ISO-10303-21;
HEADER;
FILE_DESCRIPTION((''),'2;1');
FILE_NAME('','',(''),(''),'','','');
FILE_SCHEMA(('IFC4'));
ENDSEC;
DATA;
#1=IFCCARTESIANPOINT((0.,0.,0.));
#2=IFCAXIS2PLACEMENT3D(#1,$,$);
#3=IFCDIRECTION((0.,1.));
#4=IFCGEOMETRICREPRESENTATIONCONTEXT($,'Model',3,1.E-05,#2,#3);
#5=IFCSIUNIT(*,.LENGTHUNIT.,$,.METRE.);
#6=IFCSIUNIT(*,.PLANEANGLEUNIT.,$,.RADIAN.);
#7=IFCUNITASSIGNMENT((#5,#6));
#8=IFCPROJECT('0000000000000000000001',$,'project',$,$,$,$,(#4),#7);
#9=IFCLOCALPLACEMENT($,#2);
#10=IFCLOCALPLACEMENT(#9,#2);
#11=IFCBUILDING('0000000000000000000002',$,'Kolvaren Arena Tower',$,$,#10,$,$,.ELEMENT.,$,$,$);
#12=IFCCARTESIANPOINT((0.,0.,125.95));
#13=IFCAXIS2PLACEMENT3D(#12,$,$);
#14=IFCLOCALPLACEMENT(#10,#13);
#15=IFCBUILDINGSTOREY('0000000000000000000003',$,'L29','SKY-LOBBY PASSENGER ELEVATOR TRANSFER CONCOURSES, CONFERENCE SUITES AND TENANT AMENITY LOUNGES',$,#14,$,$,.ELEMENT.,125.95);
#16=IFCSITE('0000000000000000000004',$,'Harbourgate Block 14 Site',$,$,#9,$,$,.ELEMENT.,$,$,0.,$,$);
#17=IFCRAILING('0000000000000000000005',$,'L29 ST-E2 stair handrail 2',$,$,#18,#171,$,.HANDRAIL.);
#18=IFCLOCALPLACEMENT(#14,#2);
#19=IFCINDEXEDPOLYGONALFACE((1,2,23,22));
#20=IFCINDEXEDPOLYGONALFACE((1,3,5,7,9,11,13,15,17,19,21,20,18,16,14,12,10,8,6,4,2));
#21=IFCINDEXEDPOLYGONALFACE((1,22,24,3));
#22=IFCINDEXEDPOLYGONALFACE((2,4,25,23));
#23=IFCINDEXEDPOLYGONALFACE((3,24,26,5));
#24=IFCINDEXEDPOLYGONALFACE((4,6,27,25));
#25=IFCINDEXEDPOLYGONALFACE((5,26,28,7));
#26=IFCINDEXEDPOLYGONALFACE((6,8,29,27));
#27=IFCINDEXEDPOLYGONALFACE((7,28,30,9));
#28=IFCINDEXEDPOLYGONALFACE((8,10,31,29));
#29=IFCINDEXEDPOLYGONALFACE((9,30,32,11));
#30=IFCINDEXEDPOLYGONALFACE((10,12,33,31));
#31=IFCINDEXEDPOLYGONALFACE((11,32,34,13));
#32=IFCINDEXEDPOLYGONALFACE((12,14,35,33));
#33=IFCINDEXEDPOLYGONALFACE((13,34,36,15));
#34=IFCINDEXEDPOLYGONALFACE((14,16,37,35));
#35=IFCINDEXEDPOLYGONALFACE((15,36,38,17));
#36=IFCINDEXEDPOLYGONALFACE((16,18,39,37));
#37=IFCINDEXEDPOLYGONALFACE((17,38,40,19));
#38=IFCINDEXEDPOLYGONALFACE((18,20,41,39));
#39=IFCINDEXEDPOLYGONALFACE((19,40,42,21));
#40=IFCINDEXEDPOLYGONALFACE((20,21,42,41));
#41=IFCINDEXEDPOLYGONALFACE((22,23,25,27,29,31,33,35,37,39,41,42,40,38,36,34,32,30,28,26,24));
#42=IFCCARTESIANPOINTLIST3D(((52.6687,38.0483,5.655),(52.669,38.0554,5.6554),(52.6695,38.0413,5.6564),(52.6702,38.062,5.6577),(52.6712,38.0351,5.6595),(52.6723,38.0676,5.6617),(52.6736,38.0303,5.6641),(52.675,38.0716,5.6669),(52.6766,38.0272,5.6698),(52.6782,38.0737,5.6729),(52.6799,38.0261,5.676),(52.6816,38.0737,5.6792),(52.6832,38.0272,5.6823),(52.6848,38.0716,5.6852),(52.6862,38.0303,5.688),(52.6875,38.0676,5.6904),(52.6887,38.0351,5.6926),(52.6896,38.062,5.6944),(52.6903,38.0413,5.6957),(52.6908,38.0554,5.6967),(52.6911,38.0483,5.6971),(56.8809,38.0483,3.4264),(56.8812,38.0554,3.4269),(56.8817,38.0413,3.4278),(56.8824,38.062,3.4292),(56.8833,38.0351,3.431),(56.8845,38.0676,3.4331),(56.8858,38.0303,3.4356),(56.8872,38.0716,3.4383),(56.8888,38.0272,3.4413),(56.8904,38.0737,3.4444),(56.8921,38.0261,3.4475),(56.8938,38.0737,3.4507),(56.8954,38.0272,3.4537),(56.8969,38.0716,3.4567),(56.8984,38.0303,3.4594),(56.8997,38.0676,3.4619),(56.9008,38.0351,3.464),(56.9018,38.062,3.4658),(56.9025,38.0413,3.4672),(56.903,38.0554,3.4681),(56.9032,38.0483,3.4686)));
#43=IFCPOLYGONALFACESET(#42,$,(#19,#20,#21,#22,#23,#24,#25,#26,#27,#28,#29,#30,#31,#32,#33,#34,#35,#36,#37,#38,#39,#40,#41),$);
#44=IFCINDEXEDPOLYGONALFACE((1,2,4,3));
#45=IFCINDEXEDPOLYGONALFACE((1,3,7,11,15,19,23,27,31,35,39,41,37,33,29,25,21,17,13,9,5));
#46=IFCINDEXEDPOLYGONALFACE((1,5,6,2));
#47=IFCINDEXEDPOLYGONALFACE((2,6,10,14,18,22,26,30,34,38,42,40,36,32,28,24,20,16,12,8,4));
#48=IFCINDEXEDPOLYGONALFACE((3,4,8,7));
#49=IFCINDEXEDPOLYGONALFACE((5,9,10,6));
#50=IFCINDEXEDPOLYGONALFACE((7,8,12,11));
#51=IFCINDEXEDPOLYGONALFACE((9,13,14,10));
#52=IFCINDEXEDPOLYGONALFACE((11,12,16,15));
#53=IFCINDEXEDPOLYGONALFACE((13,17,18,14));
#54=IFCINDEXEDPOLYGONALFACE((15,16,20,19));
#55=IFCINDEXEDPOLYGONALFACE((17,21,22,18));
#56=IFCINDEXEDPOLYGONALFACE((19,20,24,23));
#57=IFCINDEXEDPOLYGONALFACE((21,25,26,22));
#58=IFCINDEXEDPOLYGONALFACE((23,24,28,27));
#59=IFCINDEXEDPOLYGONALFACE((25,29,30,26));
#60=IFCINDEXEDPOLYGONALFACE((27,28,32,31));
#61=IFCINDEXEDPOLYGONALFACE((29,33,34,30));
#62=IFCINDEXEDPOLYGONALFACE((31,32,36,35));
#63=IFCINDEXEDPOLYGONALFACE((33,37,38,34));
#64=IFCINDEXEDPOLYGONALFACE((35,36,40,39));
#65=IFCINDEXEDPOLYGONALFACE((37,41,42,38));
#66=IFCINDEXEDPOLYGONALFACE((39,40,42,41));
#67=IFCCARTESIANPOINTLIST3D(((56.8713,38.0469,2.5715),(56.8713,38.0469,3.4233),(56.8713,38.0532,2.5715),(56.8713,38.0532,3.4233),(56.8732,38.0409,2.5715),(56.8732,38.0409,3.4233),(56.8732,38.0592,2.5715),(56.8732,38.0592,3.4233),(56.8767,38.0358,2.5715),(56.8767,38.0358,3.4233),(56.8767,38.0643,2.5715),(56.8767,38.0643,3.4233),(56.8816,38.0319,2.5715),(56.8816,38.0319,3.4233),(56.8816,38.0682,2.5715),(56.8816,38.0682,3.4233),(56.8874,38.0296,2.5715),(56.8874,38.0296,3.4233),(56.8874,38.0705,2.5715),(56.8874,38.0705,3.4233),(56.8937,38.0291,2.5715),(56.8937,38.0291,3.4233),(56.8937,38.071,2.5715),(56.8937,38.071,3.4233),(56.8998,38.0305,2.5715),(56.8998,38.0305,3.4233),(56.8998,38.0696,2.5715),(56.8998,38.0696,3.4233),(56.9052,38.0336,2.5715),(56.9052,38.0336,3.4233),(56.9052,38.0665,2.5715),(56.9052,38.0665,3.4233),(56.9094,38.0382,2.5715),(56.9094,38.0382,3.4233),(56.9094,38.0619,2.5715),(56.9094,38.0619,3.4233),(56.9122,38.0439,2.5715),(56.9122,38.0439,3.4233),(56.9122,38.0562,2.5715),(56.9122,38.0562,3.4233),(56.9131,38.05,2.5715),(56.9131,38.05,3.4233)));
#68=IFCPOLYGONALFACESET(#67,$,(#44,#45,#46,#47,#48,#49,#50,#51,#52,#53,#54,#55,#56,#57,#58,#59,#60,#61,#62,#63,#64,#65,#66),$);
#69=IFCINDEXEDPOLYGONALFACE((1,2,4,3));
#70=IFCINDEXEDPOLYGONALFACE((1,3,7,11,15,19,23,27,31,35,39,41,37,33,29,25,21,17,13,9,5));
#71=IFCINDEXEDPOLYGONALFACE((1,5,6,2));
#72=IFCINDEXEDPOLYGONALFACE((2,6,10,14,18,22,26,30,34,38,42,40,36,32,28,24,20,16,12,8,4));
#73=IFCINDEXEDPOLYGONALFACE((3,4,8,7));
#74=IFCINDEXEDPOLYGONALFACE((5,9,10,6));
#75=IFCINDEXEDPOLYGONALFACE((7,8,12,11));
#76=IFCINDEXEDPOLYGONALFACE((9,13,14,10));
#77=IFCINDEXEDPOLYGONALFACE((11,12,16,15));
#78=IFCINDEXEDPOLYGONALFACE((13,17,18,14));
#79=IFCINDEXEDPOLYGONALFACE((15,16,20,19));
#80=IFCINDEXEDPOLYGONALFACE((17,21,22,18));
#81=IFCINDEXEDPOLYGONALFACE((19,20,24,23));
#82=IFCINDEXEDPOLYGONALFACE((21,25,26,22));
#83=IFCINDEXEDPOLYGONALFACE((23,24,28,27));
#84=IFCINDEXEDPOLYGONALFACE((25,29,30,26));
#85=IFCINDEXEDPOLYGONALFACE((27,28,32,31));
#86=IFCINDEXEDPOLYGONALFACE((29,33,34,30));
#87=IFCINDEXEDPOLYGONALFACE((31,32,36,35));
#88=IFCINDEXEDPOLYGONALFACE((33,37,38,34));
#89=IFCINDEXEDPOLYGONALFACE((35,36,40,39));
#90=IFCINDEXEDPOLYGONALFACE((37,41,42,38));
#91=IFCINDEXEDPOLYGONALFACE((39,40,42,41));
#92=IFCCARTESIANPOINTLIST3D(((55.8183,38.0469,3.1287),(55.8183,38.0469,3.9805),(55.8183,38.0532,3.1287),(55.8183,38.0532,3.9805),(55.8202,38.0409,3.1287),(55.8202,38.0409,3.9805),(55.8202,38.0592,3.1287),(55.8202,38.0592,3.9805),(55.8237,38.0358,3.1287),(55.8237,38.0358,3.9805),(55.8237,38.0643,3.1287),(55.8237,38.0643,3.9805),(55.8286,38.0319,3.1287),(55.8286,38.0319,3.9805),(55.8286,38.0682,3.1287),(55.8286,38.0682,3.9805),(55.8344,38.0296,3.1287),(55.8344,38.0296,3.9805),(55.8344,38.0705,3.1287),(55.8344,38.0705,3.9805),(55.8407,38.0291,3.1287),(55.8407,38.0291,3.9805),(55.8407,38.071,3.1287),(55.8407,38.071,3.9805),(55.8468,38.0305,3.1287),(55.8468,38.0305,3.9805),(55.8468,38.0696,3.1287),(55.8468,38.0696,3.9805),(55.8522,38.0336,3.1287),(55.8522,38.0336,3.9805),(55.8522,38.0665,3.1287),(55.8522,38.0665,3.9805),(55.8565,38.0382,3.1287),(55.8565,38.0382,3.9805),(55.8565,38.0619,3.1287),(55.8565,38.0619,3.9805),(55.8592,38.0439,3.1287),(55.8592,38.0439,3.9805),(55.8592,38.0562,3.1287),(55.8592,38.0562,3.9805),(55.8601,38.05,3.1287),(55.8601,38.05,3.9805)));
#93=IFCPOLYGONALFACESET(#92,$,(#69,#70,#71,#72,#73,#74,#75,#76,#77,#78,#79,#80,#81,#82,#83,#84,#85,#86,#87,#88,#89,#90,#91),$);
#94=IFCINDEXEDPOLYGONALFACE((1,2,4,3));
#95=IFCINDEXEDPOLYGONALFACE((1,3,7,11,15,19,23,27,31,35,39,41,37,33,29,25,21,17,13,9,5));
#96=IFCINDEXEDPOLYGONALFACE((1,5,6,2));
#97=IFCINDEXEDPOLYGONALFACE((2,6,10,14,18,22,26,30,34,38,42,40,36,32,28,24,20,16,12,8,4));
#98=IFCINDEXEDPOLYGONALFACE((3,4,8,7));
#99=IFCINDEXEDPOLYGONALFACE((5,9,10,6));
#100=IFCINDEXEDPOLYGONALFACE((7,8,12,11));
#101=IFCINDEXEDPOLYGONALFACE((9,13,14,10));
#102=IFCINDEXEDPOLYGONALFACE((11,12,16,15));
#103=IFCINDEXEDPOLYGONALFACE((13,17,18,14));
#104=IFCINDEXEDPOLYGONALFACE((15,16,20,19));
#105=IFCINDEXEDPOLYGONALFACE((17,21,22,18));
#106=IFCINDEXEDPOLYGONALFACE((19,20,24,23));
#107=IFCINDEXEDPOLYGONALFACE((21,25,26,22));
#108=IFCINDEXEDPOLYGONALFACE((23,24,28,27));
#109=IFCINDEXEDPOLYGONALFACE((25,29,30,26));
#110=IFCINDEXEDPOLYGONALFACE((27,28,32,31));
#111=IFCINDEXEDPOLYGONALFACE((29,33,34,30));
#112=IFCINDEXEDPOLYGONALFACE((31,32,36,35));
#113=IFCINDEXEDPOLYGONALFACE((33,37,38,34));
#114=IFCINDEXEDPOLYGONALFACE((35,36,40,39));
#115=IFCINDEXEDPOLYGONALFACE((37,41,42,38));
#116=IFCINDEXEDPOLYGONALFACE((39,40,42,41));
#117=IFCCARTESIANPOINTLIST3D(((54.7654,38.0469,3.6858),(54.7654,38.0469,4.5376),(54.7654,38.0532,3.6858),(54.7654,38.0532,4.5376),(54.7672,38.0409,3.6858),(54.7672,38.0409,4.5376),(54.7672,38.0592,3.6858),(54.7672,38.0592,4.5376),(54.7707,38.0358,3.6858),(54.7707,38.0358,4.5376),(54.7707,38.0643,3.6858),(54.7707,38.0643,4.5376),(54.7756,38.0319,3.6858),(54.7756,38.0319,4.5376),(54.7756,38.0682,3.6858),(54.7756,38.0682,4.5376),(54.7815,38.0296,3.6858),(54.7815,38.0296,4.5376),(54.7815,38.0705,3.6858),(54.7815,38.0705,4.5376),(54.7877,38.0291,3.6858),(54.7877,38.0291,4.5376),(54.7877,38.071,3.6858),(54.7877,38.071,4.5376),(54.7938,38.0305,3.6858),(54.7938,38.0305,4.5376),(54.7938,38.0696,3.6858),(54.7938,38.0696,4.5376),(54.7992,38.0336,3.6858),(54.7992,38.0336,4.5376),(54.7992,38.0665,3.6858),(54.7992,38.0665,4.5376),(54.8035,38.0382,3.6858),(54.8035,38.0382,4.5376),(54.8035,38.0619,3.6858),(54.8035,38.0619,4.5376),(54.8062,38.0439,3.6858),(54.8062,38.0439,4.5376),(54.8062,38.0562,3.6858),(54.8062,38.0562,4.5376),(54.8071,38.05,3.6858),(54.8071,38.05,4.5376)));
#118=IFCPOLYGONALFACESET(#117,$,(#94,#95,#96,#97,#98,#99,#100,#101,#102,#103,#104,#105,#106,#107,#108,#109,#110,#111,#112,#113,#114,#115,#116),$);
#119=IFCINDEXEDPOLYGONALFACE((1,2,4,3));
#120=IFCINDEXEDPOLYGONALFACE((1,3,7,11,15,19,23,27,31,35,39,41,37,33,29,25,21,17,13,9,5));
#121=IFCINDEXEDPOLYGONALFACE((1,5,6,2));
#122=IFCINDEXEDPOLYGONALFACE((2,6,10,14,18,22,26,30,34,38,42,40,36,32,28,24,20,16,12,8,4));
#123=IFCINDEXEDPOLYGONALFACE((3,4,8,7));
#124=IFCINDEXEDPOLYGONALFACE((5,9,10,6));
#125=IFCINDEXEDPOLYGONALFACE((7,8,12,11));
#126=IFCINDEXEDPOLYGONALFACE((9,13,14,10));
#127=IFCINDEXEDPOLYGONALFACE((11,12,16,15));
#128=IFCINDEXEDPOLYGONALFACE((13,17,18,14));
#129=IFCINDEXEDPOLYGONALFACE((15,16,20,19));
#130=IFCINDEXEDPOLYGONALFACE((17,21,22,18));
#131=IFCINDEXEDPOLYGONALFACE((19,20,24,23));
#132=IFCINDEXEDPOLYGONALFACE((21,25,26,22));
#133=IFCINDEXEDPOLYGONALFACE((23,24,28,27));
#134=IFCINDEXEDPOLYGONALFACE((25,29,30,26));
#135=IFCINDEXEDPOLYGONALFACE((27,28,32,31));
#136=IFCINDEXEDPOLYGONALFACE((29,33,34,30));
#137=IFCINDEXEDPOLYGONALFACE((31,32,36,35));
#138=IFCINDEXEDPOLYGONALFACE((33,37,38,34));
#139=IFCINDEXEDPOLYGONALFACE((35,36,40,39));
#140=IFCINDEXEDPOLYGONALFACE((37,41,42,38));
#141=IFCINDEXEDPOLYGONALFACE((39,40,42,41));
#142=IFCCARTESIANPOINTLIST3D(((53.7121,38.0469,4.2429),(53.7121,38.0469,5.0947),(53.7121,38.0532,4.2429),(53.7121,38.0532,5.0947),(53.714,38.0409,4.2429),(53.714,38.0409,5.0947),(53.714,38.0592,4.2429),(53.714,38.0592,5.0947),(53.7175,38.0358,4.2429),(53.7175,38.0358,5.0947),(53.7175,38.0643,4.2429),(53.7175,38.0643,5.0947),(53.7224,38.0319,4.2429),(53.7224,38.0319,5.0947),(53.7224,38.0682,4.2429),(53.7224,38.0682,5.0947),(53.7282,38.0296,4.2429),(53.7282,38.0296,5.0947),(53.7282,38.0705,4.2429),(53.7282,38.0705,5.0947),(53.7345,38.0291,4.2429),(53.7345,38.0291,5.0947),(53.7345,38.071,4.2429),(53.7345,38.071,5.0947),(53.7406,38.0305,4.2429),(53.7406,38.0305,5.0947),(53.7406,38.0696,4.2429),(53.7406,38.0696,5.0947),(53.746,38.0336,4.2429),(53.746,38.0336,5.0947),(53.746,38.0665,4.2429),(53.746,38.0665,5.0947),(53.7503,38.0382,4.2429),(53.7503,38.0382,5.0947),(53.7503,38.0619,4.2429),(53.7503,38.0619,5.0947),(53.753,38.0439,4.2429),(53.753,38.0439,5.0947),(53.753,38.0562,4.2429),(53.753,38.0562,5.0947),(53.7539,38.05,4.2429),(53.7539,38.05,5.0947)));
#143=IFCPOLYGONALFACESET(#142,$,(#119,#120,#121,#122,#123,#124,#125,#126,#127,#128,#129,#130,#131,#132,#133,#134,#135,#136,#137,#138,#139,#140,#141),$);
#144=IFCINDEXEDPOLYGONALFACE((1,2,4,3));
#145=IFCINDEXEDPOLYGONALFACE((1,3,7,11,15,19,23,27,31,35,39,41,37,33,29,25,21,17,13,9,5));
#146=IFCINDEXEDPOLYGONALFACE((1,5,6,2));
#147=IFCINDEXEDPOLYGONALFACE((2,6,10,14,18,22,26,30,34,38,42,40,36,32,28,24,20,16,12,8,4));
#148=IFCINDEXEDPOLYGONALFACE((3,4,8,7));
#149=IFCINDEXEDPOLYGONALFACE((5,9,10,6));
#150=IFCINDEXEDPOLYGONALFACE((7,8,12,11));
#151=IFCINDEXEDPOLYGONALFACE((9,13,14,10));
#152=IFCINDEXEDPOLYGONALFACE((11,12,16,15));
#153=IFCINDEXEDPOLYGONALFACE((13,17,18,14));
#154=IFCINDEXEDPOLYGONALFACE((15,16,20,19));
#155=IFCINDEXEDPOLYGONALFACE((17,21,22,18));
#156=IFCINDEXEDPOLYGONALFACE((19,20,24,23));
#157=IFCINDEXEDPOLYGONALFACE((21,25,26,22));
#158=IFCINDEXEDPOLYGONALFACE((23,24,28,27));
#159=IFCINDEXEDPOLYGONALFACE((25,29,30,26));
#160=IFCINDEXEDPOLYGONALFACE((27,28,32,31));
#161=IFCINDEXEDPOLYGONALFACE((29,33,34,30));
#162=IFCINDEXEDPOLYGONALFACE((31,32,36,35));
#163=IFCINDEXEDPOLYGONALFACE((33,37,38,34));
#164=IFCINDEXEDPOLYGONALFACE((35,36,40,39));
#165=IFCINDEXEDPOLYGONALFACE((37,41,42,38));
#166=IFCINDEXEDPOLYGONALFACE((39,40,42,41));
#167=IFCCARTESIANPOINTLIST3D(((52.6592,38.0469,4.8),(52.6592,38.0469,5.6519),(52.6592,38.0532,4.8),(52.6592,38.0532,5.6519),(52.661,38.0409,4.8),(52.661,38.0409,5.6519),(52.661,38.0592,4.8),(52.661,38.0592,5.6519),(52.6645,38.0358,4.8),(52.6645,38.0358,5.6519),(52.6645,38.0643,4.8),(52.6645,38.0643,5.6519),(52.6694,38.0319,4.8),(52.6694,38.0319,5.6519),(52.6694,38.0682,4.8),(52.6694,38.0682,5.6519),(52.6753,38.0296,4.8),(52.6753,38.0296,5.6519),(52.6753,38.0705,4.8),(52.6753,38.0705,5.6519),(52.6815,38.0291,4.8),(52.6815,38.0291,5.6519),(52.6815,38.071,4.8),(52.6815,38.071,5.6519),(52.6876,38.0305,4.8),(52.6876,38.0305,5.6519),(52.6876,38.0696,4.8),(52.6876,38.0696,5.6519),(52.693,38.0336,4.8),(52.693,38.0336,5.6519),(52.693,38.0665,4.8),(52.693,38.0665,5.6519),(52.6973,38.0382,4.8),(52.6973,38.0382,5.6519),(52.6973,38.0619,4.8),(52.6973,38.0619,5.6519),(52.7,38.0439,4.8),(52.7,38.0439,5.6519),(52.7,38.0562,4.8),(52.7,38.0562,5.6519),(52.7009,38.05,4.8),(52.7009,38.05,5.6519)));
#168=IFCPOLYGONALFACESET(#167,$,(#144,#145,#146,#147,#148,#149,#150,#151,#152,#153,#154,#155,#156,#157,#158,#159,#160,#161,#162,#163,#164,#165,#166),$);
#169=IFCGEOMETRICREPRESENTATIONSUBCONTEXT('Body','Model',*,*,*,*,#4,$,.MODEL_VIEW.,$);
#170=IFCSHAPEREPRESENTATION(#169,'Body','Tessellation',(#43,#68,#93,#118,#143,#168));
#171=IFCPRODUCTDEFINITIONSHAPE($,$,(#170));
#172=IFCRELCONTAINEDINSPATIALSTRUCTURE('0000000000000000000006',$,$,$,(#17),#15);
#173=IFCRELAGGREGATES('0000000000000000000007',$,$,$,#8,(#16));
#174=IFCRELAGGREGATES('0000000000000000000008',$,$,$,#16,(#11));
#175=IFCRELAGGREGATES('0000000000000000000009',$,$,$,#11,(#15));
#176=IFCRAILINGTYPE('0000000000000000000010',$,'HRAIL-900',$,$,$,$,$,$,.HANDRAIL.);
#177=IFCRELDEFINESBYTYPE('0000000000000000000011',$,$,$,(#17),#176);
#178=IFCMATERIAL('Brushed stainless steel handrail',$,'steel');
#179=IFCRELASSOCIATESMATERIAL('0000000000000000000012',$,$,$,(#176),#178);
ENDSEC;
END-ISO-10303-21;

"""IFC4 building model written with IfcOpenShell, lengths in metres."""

from ifc_helpers import new_model, si_unit, direction, frame, origin, origin_2d, place, context, subcontext, project, spatial, circle, extrude, material, type_object, element, save


model = new_model("IFC4")

# Units and contexts
model_context = context("Model", 3, precision=1e-05, world=origin(), true_north=direction((0.0, 1.0)))
body_context = subcontext(model_context, "Body", "Model", "MODEL_VIEW")
ifc_project = project(units=[si_unit("LENGTHUNIT", "METRE"), si_unit("PLANEANGLEUNIT", "RADIAN")], contexts=[model_context])

# Site, building, storey
site_placement = place(None, origin())
site = spatial("IfcSite", under=ifc_project, at=site_placement, Name="Harbourgate Block 14 Site", CompositionType="ELEMENT", RefElevation=0.0)
building_placement = place(site_placement, origin())
building = spatial("IfcBuilding", under=site, at=building_placement, Name="Kolvaren Arena Tower", CompositionType="ELEMENT")
storey_placement = place(building_placement, frame((0.0, 0.0, 125.95)))
storey = spatial("IfcBuildingStorey", under=building, at=storey_placement, Name="L29", Description="SKY-LOBBY PASSENGER ELEVATOR TRANSFER CONCOURSES, CONFERENCE SUITES AND TENANT AMENITY LOUNGES", CompositionType="ELEMENT", Elevation=125.95)

# Railing
ifc_material_1 = material(Name="Brushed stainless steel handrail", Category="steel")
railing_type_1 = type_object("IfcRailingType", Name="HRAIL-900", PredefinedType="HANDRAIL", material=ifc_material_1)
railing_1_placement = place(storey_placement, frame((56.8921, 38.05, 2.5715)))
element("IfcRailing", 1, at=railing_1_placement, inside=storey, type_object=railing_type_1, Name="L29 ST-E2 stair handrail 2", PredefinedType="HANDRAIL", context=body_context, shape_type="SweptSolid", body=[
    extrude(circle(Radius=0.0239, at=origin_2d()), frame((0.0, 0.0, 0.876), z_axis=(-0.883914, 0.0, 0.46765), x_axis=(0.0, -1.0, 0.0)), (0.0, 0.0, 1.0), 4.7654),
    extrude(circle(Radius=0.021, at=origin_2d()), origin(), (0.0, 0.0, 1.0), 0.8518),
    extrude(circle(Radius=0.021, at=origin_2d()), frame((-1.053, 0.0, 0.5571)), (0.0, 0.0, 1.0), 0.8518),
    extrude(circle(Radius=0.021, at=origin_2d()), frame((-2.106, 0.0, 1.1143)), (0.0, 0.0, 1.0), 0.8518),
    extrude(circle(Radius=0.021, at=origin_2d()), frame((-3.1592, 0.0, 1.6714)), (0.0, 0.0, 1.0), 0.8518),
    extrude(circle(Radius=0.021, at=origin_2d()), frame((-4.2122, 0.0, 2.2285)), (0.0, 0.0, 1.0), 0.8518),
])

save(model, "model.ifc")
